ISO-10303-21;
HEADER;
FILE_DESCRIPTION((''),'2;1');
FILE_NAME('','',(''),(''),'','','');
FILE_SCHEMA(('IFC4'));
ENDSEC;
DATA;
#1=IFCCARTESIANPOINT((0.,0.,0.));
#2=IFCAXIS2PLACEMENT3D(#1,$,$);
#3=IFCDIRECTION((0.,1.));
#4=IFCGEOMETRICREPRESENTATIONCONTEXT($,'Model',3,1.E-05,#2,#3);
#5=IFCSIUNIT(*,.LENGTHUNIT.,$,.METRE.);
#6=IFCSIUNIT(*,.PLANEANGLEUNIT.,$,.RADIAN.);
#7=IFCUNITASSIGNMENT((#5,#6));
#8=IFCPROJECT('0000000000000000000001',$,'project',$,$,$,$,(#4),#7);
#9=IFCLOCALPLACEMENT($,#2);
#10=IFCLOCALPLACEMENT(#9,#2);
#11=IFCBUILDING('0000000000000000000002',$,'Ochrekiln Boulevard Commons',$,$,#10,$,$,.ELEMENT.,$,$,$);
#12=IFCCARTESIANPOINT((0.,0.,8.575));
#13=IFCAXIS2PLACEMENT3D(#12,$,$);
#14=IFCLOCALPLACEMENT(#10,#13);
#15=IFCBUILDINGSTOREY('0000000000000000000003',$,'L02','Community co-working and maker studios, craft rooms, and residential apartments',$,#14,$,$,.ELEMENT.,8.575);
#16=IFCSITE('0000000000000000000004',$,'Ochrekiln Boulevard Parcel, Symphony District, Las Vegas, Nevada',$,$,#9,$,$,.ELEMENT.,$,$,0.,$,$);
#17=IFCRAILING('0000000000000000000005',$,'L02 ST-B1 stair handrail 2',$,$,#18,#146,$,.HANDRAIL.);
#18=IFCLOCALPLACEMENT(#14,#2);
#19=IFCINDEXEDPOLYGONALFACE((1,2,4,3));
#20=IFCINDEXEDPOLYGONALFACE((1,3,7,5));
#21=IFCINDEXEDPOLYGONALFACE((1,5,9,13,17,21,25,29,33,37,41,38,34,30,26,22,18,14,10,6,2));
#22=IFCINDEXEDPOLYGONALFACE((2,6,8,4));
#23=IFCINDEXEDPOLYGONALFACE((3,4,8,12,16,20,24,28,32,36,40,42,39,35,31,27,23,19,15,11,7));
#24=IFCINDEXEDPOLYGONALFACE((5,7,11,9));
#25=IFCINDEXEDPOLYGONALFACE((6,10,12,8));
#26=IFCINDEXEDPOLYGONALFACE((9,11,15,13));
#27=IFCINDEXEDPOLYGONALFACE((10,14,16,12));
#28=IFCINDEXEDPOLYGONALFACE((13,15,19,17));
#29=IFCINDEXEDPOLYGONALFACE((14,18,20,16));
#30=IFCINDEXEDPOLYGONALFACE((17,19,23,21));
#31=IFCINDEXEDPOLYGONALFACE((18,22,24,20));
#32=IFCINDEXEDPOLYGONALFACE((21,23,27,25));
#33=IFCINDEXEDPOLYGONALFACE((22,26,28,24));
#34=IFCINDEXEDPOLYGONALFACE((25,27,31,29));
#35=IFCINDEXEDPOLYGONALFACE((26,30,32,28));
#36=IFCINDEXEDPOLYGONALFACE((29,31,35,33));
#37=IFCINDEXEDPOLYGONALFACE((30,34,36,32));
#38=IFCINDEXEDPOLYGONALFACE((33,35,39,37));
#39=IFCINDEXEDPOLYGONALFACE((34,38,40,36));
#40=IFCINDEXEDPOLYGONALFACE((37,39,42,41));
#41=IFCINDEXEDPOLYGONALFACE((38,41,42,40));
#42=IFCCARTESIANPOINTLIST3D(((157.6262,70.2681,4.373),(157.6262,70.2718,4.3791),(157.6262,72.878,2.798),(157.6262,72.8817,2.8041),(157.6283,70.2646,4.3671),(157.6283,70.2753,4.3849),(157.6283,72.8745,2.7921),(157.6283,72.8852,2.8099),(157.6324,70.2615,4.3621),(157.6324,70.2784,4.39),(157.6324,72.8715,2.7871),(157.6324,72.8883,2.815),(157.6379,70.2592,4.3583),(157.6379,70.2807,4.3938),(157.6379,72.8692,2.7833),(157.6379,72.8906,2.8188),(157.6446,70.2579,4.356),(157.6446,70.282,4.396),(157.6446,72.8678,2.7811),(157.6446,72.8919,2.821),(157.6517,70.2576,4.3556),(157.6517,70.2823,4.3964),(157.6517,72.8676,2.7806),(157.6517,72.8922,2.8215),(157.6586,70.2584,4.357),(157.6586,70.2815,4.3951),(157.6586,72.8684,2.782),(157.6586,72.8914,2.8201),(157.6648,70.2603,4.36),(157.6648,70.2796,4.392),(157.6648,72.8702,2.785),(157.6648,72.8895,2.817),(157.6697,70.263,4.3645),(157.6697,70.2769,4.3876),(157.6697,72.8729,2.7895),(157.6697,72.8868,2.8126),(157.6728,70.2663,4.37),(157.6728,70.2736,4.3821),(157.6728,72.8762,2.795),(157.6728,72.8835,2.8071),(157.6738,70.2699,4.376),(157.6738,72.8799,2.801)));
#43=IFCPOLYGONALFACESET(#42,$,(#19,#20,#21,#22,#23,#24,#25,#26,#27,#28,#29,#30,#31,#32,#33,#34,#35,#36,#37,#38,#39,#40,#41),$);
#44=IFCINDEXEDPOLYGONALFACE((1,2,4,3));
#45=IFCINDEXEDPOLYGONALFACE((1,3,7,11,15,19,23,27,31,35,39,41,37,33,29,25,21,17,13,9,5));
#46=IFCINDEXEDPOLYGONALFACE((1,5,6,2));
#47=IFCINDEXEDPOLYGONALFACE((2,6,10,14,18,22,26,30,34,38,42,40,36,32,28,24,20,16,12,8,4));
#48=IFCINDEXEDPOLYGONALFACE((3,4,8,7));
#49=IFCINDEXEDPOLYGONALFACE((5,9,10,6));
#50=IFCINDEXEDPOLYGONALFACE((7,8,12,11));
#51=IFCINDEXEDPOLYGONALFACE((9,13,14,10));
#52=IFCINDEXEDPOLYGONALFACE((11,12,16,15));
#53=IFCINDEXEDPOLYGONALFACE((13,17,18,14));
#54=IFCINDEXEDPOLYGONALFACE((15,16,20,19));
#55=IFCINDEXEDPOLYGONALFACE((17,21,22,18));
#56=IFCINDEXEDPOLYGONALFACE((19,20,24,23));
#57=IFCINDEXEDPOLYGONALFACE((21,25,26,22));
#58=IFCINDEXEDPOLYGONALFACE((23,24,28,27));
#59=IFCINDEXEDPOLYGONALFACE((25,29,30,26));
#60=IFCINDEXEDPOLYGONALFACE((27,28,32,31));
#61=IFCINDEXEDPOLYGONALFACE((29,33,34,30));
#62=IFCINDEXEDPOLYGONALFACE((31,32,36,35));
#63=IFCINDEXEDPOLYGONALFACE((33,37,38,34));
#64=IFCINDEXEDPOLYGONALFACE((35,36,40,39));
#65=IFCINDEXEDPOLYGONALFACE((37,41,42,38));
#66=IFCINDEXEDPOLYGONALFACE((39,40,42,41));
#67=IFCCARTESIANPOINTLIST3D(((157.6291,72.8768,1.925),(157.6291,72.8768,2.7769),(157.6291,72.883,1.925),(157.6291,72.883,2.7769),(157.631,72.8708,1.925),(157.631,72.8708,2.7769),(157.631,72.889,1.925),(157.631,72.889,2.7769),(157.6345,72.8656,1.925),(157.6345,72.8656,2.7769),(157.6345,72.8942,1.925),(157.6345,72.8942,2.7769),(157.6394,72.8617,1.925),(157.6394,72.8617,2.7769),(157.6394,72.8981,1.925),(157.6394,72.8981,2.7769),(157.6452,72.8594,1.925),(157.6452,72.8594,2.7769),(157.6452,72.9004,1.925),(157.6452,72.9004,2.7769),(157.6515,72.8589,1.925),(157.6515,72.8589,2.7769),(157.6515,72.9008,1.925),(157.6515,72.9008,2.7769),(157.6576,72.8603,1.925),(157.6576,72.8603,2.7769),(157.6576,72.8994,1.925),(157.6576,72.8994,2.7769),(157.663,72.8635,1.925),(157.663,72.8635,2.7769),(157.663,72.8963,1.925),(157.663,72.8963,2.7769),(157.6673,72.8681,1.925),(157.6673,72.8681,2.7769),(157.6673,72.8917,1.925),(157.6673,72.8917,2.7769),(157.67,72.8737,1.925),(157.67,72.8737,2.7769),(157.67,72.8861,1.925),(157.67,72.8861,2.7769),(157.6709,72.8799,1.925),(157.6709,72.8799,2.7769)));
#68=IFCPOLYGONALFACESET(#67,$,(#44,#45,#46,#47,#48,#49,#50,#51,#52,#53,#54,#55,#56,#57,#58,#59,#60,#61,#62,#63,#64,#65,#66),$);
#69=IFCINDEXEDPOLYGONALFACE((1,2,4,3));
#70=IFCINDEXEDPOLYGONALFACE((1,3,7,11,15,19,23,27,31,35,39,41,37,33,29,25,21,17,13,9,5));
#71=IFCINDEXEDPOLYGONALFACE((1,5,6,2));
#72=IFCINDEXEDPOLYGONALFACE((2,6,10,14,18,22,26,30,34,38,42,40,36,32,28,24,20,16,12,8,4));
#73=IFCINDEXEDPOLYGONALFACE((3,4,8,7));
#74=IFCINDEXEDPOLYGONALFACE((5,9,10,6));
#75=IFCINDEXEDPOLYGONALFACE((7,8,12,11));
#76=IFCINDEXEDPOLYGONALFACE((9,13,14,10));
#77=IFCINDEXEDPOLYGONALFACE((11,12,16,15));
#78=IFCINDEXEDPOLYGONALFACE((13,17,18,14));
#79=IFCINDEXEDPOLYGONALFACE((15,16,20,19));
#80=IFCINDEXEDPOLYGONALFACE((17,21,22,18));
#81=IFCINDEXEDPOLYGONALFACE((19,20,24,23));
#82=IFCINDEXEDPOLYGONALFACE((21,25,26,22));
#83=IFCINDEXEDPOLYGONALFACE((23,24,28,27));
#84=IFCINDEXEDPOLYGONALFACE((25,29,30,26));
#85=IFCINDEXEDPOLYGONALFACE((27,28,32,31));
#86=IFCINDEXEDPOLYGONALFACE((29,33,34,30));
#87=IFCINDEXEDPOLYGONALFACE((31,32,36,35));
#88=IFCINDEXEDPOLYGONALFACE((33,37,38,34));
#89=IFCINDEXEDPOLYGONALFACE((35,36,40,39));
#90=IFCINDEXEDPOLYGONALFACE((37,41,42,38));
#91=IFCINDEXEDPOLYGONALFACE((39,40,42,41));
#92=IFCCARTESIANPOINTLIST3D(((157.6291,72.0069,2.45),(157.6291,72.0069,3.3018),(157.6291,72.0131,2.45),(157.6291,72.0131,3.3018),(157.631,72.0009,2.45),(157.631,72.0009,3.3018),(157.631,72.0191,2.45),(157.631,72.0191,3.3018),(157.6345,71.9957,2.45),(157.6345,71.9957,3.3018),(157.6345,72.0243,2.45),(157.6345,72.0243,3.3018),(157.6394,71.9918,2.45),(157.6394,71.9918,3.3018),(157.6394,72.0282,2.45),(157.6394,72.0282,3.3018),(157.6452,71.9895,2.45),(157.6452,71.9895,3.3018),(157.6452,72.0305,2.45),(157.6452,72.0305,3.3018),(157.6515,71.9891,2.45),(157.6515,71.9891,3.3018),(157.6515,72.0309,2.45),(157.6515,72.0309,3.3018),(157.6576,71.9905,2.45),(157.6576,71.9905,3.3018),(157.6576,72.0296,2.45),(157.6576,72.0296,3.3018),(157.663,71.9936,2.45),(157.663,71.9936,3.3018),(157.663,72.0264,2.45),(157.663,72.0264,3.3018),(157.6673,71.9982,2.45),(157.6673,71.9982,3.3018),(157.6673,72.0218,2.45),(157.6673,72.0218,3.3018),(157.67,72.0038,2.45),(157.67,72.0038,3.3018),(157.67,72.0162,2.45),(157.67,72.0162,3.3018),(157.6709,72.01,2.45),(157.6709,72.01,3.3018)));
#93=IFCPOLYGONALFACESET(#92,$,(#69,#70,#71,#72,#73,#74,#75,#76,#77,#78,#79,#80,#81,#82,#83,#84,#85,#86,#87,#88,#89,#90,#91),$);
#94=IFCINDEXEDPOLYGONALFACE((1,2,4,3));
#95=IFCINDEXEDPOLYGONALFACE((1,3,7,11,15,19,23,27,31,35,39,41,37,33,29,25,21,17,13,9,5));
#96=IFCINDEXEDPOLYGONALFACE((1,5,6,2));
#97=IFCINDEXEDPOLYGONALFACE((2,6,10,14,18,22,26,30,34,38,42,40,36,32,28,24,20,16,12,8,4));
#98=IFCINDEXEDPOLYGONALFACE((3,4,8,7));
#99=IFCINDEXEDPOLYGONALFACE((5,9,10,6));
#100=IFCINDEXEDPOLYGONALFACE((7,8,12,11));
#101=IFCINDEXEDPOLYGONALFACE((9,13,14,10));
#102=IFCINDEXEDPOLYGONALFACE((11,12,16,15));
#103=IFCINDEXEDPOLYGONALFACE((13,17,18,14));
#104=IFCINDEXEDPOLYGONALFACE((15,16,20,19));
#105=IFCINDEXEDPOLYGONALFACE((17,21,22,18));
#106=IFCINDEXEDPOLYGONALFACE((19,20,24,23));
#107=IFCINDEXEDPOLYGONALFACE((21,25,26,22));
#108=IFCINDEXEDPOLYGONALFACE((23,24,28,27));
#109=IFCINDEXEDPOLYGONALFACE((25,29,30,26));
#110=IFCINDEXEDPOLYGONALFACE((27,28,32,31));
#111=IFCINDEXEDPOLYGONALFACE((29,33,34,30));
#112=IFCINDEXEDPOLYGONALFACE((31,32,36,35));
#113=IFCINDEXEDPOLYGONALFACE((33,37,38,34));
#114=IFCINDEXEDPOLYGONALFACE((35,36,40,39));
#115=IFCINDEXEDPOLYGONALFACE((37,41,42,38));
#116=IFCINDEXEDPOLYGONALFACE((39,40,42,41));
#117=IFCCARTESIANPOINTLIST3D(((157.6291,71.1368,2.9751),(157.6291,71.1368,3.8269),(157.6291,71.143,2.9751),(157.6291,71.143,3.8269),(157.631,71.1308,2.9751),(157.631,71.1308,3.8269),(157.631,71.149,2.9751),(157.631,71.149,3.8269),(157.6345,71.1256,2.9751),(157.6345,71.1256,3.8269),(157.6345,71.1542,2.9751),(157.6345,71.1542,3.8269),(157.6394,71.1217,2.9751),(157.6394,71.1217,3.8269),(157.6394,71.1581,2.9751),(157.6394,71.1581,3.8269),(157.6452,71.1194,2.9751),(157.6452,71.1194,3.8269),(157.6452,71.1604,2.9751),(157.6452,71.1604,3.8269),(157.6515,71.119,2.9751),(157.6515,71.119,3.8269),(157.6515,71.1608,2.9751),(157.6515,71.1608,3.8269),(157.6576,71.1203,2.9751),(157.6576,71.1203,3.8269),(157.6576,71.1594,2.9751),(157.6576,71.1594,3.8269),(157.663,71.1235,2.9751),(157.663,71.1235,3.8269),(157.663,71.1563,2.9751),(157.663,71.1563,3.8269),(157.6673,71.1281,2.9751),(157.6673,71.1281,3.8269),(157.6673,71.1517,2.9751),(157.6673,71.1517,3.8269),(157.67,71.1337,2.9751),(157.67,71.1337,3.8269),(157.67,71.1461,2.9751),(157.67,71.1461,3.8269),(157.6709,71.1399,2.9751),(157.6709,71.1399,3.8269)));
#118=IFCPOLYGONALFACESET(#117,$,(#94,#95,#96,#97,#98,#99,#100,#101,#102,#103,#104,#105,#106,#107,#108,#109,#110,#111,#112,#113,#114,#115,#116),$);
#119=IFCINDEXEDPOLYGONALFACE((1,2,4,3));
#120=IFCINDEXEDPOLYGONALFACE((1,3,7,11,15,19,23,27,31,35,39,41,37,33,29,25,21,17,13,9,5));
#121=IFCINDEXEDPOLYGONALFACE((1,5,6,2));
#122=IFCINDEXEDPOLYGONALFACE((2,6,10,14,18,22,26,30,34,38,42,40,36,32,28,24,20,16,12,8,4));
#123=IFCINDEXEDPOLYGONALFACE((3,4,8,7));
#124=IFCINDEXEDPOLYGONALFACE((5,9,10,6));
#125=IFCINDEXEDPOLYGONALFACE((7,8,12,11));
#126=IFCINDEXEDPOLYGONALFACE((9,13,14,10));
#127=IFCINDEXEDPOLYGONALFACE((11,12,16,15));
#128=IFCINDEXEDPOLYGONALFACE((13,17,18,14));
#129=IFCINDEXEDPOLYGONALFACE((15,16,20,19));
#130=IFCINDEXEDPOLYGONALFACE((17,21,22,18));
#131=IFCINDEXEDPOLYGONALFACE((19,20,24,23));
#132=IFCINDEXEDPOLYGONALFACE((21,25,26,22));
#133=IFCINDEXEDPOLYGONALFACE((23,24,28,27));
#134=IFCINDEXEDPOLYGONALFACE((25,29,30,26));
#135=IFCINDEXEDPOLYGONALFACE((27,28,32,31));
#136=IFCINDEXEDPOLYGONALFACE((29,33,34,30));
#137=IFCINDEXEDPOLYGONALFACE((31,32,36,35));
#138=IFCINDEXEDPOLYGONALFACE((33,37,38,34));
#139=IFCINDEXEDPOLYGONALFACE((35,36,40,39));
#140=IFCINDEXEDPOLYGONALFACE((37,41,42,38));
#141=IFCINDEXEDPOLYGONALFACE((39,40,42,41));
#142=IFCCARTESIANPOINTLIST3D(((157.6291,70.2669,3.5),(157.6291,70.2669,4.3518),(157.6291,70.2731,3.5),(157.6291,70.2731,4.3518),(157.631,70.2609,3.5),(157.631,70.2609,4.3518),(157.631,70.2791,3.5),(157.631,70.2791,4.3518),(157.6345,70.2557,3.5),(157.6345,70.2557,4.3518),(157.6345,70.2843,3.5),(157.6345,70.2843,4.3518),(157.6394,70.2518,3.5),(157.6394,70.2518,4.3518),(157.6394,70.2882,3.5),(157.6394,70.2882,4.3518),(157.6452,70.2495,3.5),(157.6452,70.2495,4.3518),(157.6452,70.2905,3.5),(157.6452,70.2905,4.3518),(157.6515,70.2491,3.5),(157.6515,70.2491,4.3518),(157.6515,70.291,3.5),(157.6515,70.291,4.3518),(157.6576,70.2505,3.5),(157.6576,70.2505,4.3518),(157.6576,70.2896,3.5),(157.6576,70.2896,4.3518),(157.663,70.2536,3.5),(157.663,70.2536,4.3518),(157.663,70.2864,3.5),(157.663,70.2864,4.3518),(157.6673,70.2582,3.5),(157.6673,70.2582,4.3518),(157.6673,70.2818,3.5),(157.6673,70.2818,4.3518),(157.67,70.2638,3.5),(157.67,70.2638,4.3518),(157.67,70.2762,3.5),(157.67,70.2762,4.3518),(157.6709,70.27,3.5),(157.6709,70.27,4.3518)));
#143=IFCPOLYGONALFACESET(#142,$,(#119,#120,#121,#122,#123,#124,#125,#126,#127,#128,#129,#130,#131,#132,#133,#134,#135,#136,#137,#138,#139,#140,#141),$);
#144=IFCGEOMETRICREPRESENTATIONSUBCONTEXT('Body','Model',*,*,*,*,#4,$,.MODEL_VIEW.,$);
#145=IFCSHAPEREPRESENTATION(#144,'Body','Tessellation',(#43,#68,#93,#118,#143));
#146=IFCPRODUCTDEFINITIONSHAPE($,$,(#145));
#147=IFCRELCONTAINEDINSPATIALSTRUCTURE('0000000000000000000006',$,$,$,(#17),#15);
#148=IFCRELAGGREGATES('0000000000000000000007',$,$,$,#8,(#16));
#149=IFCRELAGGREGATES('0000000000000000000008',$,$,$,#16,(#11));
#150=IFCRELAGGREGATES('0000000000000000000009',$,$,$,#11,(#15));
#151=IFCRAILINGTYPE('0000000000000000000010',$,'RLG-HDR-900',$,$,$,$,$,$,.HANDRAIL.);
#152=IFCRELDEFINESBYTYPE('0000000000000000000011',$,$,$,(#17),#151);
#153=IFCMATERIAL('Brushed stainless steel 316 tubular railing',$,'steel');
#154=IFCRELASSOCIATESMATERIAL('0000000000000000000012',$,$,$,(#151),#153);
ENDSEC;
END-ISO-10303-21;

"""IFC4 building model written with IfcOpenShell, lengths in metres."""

from ifc_helpers import new_model, si_unit, direction, frame, origin, origin_2d, place, context, subcontext, project, spatial, circle, extrude, material, type_object, element, save


model = new_model("IFC4")

# Units and contexts
model_context = context("Model", 3, precision=1e-05, world=origin(), true_north=direction((0.0, 1.0)))
body_context = subcontext(model_context, "Body", "Model", "MODEL_VIEW")
ifc_project = project(units=[si_unit("LENGTHUNIT", "METRE"), si_unit("PLANEANGLEUNIT", "RADIAN")], contexts=[model_context])

# Site, building, storey
site_placement = place(None, origin())
site = spatial("IfcSite", under=ifc_project, at=site_placement, Name="Ochrekiln Boulevard Parcel, Symphony District, Las Vegas, Nevada", CompositionType="ELEMENT", RefElevation=0.0)
building_placement = place(site_placement, origin())
building = spatial("IfcBuilding", under=site, at=building_placement, Name="Ochrekiln Boulevard Commons", CompositionType="ELEMENT")
storey_placement = place(building_placement, frame((0.0, 0.0, 8.575)))
storey = spatial("IfcBuildingStorey", under=building, at=storey_placement, Name="L02", Description="Community co-working and maker studios, craft rooms, and residential apartments", CompositionType="ELEMENT", Elevation=8.575)

# Railing
ifc_material_1 = material(Name="Brushed stainless steel 316 tubular railing", Category="steel")
railing_type_1 = type_object("IfcRailingType", Name="RLG-HDR-900", PredefinedType="HANDRAIL", material=ifc_material_1)
railing_1_placement = place(storey_placement, frame((157.6499, 72.8799, 1.925)))
element("IfcRailing", 1, at=railing_1_placement, inside=storey, type_object=railing_type_1, Name="L02 ST-B1 stair handrail 2", PredefinedType="HANDRAIL", context=body_context, shape_type="SweptSolid", body=[
    extrude(circle(Radius=0.0239, at=origin_2d()), frame((0.0, 0.0, 0.876), z_axis=(0.0, -0.856183, 0.516673), x_axis=(1.0, 0.0, 0.0)), (0.0, 0.0, 1.0), 3.0483),
    extrude(circle(Radius=0.021, at=origin_2d()), origin(), (0.0, 0.0, 1.0), 0.8518),
    extrude(circle(Radius=0.021, at=origin_2d()), frame((0.0, -0.8699, 0.5249)), (0.0, 0.0, 1.0), 0.8518),
    extrude(circle(Radius=0.021, at=origin_2d()), frame((0.0, -1.74, 1.05)), (0.0, 0.0, 1.0), 0.8518),
    extrude(circle(Radius=0.021, at=origin_2d()), frame((0.0, -2.6099, 1.575)), (0.0, 0.0, 1.0), 0.8518),
])

save(model, "model.ifc")
